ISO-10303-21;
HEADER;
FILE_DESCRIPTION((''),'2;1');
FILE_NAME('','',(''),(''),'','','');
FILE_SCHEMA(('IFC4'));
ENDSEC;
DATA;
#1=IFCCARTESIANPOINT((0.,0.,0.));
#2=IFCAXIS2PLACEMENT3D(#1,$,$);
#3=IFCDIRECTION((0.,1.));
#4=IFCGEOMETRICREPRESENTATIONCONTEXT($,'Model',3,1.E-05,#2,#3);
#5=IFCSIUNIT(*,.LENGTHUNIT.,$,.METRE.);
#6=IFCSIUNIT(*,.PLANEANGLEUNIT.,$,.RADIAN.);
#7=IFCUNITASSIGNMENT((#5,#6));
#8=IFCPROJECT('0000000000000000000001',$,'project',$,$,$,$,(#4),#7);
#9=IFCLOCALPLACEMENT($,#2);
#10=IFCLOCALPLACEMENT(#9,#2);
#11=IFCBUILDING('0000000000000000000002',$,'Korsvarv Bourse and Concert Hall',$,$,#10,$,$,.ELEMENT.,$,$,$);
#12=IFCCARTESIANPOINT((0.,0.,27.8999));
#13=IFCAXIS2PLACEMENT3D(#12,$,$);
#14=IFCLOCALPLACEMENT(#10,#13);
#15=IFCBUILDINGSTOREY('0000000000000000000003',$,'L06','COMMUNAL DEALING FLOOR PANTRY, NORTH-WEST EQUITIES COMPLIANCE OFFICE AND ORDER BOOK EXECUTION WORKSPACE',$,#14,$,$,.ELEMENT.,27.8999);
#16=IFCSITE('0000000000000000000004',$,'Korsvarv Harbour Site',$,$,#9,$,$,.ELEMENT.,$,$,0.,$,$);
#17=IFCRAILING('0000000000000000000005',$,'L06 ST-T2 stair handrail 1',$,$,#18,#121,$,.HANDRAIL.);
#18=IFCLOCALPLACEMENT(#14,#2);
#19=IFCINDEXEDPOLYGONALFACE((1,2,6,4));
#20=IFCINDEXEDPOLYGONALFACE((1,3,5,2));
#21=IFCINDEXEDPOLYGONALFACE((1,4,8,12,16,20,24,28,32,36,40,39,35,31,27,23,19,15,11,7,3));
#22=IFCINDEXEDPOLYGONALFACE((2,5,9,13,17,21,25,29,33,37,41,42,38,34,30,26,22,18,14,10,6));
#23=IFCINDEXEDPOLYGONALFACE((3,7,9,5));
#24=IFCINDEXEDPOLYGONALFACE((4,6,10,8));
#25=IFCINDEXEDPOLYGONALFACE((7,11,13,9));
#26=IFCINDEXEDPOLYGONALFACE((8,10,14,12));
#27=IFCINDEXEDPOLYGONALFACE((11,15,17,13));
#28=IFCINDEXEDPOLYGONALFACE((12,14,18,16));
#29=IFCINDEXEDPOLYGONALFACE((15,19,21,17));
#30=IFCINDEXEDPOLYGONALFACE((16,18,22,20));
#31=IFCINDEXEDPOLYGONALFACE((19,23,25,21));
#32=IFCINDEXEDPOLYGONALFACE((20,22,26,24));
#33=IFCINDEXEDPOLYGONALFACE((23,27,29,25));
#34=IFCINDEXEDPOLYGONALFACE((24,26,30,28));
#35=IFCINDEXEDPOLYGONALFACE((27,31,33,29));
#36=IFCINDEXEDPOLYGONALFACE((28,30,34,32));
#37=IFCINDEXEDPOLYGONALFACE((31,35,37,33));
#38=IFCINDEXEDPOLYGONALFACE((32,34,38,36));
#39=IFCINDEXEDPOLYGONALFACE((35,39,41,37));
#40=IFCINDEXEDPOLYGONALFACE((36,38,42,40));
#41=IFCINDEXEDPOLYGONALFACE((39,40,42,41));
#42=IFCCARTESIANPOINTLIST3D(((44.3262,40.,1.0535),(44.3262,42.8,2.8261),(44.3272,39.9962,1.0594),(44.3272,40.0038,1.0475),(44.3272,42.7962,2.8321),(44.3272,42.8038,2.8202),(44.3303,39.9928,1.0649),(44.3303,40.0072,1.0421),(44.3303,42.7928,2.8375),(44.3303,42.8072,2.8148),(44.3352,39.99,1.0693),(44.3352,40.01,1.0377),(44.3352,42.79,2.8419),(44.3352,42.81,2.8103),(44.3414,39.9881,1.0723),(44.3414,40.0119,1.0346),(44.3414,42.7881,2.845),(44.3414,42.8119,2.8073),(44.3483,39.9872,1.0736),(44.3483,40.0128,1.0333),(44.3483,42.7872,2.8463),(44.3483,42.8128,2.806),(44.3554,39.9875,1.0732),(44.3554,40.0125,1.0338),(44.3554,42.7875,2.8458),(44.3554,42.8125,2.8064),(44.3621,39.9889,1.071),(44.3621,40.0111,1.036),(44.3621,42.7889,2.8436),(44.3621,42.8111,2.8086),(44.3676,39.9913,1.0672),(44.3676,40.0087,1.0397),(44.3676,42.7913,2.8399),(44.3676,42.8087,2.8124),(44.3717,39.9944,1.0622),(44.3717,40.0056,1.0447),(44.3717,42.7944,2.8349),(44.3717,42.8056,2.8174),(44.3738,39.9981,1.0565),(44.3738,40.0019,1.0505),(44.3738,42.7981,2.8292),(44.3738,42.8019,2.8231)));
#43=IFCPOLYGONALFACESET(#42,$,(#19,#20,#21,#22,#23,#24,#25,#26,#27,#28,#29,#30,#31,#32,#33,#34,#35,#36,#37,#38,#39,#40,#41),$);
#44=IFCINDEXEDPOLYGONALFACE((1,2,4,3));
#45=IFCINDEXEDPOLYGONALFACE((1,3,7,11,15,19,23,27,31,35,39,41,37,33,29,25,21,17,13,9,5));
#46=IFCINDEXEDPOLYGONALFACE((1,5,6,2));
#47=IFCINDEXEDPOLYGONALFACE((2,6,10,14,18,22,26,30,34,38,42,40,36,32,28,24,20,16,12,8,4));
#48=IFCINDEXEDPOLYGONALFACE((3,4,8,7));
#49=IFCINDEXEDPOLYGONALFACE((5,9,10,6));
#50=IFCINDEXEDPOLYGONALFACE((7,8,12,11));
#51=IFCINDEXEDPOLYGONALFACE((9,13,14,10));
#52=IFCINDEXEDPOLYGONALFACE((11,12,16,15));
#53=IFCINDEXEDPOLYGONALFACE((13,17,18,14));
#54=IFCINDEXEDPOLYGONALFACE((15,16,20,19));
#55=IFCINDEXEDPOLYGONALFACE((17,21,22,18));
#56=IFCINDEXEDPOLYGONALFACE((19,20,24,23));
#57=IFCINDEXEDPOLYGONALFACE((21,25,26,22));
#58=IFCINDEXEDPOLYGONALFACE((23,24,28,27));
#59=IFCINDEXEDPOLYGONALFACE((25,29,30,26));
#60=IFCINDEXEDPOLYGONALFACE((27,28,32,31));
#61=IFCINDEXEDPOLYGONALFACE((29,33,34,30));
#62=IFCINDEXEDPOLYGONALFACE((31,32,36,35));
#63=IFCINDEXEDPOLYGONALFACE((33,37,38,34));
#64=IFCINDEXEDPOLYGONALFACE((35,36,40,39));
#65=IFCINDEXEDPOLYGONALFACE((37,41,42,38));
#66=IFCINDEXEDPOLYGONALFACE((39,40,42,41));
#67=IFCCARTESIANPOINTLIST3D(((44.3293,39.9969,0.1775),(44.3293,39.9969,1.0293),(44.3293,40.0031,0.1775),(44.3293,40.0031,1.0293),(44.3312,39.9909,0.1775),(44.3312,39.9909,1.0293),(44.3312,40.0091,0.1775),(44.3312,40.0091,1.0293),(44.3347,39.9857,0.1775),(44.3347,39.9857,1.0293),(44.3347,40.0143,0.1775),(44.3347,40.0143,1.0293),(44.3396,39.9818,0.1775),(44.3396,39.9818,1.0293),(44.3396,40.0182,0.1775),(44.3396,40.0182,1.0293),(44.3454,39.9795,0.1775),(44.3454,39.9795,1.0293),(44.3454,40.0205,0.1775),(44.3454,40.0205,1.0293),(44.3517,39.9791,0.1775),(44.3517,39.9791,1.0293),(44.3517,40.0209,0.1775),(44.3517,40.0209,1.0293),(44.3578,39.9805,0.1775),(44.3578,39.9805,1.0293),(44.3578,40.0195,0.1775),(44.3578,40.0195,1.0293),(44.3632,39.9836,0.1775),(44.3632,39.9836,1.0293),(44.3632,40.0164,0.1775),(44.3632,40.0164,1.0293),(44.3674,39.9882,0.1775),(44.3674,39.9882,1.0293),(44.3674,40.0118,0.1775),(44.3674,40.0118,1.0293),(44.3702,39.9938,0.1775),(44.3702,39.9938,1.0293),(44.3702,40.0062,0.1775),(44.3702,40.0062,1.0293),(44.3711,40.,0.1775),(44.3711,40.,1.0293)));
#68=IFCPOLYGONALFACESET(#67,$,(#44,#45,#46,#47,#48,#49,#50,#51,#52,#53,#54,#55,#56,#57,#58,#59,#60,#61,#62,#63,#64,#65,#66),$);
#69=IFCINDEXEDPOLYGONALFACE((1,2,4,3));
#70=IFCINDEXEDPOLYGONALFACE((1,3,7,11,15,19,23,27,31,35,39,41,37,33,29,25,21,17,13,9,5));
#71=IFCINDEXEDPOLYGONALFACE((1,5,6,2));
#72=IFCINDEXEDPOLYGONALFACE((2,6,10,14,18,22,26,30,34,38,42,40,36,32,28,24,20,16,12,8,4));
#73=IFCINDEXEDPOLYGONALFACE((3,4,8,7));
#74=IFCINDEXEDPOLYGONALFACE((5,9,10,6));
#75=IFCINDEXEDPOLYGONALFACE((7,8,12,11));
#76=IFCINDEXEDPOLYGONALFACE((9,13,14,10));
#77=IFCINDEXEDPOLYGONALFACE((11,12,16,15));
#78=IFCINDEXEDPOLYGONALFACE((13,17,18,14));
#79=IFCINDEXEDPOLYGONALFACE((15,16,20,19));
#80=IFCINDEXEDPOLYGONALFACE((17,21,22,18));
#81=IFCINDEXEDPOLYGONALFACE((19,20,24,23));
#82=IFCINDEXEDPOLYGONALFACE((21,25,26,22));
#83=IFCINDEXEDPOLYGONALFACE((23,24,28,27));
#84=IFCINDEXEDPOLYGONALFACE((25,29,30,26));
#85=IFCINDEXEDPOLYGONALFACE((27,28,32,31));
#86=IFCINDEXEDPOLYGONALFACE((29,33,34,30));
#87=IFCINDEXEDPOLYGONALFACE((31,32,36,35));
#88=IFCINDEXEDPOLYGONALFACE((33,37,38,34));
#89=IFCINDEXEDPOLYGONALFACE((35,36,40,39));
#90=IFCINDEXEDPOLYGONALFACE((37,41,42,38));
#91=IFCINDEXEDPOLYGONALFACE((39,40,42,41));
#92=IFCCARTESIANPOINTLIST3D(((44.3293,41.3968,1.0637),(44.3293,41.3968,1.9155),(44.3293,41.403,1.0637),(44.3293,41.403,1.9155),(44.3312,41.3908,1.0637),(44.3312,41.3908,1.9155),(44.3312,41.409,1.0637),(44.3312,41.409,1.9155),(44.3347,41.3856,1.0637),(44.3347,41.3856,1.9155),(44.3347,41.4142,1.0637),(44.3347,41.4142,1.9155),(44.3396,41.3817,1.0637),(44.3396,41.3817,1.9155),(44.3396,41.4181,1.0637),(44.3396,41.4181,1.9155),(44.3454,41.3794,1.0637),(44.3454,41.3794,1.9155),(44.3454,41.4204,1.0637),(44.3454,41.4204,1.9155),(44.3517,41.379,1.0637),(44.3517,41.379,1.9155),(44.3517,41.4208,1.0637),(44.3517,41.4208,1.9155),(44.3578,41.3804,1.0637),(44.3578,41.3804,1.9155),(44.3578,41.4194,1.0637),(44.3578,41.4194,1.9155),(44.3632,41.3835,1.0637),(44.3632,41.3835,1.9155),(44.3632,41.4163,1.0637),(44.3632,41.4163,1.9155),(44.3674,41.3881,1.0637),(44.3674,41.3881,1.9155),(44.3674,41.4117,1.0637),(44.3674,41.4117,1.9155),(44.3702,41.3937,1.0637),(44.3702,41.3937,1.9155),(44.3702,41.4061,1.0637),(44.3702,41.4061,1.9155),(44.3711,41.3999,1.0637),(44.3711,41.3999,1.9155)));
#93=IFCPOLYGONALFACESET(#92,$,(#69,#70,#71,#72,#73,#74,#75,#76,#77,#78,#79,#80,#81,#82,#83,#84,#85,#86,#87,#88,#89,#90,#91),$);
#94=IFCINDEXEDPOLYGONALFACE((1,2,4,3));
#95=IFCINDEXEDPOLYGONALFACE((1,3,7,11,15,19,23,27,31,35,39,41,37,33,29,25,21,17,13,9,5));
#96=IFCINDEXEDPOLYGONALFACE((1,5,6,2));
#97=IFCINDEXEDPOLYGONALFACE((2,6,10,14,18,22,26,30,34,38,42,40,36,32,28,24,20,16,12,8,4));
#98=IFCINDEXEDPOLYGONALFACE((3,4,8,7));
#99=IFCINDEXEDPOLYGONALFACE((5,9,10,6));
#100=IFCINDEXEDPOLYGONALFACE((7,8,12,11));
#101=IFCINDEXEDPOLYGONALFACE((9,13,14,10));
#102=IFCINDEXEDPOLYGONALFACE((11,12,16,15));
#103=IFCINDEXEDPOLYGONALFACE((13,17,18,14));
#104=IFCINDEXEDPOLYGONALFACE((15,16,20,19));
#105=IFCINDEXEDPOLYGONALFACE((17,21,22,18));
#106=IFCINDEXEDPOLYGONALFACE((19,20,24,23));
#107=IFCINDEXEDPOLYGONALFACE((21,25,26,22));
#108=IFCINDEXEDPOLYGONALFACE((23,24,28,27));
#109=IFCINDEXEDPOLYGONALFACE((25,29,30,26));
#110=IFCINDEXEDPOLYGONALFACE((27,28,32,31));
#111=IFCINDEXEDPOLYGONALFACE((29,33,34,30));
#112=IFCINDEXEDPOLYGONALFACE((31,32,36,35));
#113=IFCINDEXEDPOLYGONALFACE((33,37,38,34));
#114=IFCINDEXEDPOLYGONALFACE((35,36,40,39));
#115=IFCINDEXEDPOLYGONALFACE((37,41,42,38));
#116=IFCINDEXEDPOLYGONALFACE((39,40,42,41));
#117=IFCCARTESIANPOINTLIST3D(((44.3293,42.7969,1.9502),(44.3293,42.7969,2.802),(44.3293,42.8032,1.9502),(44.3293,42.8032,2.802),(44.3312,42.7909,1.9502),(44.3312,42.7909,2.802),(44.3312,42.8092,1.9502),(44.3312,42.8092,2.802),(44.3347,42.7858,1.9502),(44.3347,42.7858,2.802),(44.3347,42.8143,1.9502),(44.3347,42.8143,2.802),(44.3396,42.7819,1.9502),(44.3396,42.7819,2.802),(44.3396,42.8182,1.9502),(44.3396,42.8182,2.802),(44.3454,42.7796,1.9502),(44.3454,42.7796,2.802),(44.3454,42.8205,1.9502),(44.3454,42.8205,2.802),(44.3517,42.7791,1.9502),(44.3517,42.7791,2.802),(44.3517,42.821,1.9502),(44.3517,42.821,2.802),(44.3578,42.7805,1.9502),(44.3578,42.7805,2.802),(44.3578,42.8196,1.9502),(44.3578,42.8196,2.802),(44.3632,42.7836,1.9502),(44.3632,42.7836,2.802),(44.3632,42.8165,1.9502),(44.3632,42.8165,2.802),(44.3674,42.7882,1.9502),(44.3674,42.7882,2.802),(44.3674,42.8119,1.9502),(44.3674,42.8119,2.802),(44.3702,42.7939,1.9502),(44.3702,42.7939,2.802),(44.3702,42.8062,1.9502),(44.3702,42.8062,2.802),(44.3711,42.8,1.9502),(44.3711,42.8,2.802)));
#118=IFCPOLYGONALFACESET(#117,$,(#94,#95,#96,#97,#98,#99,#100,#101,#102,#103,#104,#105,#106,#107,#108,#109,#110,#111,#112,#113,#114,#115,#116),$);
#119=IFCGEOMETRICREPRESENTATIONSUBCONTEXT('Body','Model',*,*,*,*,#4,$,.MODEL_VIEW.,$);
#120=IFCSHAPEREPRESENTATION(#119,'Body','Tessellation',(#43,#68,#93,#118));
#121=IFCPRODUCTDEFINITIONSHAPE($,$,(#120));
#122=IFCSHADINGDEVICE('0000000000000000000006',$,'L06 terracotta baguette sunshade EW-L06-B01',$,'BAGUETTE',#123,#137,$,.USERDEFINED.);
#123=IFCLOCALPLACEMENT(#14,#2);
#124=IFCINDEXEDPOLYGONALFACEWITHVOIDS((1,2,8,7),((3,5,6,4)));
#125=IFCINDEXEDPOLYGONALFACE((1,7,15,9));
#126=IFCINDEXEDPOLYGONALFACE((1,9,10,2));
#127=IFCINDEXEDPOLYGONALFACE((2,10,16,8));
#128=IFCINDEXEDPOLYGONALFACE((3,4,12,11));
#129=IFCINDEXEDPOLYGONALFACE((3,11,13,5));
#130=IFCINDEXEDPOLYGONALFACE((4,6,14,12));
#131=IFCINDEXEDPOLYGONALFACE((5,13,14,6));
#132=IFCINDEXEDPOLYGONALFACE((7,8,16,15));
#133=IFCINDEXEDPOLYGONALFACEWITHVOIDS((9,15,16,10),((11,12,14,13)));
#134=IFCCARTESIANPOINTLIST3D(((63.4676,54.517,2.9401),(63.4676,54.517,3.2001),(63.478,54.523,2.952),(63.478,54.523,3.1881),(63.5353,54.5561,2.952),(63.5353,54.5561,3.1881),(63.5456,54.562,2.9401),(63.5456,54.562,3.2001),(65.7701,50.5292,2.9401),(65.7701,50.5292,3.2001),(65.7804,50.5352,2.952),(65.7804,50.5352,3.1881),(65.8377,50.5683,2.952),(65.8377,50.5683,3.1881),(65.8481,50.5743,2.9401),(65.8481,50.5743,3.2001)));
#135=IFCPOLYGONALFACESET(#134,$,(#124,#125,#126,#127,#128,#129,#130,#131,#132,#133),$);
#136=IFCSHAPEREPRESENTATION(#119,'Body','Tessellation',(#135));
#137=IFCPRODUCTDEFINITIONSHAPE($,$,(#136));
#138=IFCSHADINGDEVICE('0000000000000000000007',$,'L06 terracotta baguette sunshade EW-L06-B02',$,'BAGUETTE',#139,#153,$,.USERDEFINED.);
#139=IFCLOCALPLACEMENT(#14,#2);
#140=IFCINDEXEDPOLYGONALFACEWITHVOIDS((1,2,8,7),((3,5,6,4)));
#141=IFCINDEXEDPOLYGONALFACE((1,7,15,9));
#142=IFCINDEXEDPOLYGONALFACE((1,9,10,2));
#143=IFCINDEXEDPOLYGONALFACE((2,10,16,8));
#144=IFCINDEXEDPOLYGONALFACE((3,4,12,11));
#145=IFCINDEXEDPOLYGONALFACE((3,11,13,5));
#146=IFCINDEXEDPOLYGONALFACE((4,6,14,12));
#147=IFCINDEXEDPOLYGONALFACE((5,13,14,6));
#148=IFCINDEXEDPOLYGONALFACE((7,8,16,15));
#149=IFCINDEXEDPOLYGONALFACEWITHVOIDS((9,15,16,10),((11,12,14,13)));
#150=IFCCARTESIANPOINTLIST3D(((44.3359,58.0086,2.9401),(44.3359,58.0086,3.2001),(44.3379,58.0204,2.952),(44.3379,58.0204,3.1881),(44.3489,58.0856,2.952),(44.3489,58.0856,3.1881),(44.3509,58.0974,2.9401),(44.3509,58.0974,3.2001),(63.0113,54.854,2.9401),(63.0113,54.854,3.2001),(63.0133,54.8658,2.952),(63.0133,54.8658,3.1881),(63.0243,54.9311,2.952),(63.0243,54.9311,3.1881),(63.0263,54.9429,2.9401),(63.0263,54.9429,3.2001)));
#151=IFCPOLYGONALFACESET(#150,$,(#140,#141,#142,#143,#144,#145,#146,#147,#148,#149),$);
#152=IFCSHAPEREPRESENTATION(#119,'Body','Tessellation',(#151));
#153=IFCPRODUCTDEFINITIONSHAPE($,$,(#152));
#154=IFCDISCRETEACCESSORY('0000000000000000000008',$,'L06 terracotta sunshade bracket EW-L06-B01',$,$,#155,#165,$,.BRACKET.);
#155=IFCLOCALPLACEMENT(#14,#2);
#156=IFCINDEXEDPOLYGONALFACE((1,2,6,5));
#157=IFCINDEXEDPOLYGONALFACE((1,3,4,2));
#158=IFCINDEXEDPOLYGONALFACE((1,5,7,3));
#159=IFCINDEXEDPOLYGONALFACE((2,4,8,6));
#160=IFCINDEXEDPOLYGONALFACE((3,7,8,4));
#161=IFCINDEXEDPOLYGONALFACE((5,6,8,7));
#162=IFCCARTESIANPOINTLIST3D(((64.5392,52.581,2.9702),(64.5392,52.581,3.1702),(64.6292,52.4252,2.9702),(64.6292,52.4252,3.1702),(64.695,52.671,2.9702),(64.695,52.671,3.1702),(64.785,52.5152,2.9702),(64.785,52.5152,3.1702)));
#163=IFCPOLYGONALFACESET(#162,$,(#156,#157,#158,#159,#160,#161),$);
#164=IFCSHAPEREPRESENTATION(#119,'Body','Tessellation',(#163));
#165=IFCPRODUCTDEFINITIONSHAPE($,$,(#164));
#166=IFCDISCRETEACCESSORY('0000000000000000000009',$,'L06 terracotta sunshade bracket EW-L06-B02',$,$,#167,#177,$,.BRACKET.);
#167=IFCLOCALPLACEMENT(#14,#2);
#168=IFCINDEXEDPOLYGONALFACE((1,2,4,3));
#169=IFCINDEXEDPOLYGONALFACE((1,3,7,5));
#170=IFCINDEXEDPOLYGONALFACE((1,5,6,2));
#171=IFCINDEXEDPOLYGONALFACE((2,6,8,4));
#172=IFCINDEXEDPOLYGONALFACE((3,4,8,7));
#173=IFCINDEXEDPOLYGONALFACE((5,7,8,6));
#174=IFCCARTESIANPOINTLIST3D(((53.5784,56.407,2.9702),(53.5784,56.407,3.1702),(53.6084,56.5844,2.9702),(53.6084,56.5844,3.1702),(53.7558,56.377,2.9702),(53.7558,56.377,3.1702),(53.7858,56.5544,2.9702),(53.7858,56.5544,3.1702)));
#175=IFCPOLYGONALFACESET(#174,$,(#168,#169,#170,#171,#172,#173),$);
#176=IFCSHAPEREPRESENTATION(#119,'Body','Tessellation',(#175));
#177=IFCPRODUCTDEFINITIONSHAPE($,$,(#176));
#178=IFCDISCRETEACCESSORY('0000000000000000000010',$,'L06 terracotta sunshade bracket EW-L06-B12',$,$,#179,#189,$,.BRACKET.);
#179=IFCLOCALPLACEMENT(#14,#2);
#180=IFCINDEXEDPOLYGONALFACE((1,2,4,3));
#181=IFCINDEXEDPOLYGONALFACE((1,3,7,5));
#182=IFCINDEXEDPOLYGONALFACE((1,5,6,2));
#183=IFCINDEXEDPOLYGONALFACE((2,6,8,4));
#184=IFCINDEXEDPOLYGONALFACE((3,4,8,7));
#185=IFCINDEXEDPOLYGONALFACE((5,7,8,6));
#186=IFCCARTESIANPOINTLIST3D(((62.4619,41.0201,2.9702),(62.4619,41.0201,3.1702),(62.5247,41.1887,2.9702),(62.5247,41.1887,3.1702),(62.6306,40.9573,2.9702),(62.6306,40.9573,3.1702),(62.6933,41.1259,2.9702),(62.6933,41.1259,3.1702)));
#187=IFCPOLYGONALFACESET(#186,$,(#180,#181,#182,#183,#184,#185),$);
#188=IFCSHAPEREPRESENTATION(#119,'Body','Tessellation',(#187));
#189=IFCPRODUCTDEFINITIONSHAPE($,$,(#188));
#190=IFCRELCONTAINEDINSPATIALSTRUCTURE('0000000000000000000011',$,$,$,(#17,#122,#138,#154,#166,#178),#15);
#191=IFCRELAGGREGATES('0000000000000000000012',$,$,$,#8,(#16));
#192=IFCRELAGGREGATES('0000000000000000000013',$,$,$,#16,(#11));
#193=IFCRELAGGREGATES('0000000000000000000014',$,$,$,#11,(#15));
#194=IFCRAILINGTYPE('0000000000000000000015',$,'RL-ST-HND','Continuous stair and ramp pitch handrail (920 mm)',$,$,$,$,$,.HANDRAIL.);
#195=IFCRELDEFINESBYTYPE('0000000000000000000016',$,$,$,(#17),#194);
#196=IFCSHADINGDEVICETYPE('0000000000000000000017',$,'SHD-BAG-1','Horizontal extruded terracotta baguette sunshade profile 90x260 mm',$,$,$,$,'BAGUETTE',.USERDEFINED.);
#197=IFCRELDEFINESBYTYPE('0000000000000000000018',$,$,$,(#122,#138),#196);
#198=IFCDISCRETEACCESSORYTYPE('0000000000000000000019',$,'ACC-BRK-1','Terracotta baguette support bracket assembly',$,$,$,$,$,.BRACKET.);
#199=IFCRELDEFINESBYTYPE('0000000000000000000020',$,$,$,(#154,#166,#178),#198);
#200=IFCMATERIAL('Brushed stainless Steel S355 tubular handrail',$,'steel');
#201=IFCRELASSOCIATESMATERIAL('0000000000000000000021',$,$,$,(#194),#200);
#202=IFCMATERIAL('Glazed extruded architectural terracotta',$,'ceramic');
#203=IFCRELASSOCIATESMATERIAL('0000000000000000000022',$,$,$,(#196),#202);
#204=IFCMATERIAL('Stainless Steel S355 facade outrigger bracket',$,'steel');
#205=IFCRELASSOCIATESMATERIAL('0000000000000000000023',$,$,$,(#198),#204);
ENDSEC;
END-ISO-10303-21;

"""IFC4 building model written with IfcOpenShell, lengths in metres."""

from ifc_helpers import new_model, si_unit, direction, frame, origin, origin_2d, place, context, subcontext, project, spatial, rectangle, hollow_rectangle, circle, extrude, source, transform, mapped, material, material_profile, profile_set, type_object, element, save


model = new_model("IFC4")

# Units and contexts
model_context = context("Model", 3, precision=1e-05, world=origin(), true_north=direction((0.0, 1.0)))
body_context = subcontext(model_context, "Body", "Model", "MODEL_VIEW")
ifc_project = project(units=[si_unit("LENGTHUNIT", "METRE"), si_unit("PLANEANGLEUNIT", "RADIAN")], contexts=[model_context])

# Site, building, storey
site_placement = place(None, origin())
site = spatial("IfcSite", under=ifc_project, at=site_placement, Name="Korsvarv Harbour Site", CompositionType="ELEMENT", RefElevation=0.0)
building_placement = place(site_placement, origin())
building = spatial("IfcBuilding", under=site, at=building_placement, Name="Korsvarv Bourse and Concert Hall", CompositionType="ELEMENT")
storey_placement = place(building_placement, frame((0.0, 0.0, 27.8999)))
storey = spatial("IfcBuildingStorey", under=building, at=storey_placement, Name="L06", Description="COMMUNAL DEALING FLOOR PANTRY, NORTH-WEST EQUITIES COMPLIANCE OFFICE AND ORDER BOOK EXECUTION WORKSPACE", CompositionType="ELEMENT", Elevation=27.8999)

# Railing
ifc_material_1 = material(Name="Brushed stainless Steel S355 tubular handrail", Category="steel")
railing_type_1 = type_object("IfcRailingType", Name="RL-ST-HND", Description="Continuous stair and ramp pitch handrail (920 mm)", PredefinedType="HANDRAIL", material=ifc_material_1)
railing_1_placement = place(storey_placement, frame((44.3501, 40.0, 0.1775)))
element("IfcRailing", 1, at=railing_1_placement, inside=storey, type_object=railing_type_1, Name="L06 ST-T2 stair handrail 1", PredefinedType="HANDRAIL", context=body_context, shape_type="SweptSolid", body=[
    extrude(circle(Radius=0.0239, at=origin_2d()), frame((0.0, 0.0, 0.876), z_axis=(0.0, 0.844909, 0.53491), x_axis=(-1.0, 0.0, 0.0)), (0.0, 0.0, 1.0), 3.314),
    extrude(circle(Radius=0.021, at=origin_2d()), origin(), (0.0, 0.0, 1.0), 0.8518),
    extrude(circle(Radius=0.021, at=origin_2d()), frame((0.0, 1.3999, 0.8862)), (0.0, 0.0, 1.0), 0.8518),
    extrude(circle(Radius=0.021, at=origin_2d()), frame((0.0, 2.8, 1.7727)), (0.0, 0.0, 1.0), 0.8518),
])

# Shading devices
ifc_material_2 = material(Name="Glazed extruded architectural terracotta", Category="ceramic")
ifc_material_profile_1 = material_profile(ifc_material_2, hollow_rectangle(XDim=0.0901, YDim=0.26, WallThickness=0.012, at=origin_2d()), Name="TC-BAG 90x260")
ifc_profile_set_1 = profile_set([ifc_material_profile_1], Name="Glazed extruded architectural terracotta")
shading_device_type = type_object("IfcShadingDeviceType", Name="SHD-BAG-1", Description="Horizontal extruded terracotta baguette sunshade profile 90x260 mm", ElementType="BAGUETTE", PredefinedType="USERDEFINED", material=ifc_profile_set_1)
shared_shape_1 = source(origin(), body_context, "Body", "SweptSolid", [
    extrude(hollow_rectangle(XDim=0.0901, YDim=0.26, WallThickness=0.012, at=origin_2d()), origin(), (0.0, 0.0, 1.0), 4.6047),
])
shading_device_1_placement = place(storey_placement, frame((65.8091, 50.5518, 3.0701), z_axis=(-0.500022, 0.866013, 0.0), x_axis=(-0.866013, -0.500022, 0.0)))
element("IfcShadingDevice", 2, at=shading_device_1_placement, inside=storey, type_object=shading_device_type, Name="L06 terracotta baguette sunshade EW-L06-B01", ObjectType="BAGUETTE", PredefinedType="USERDEFINED", context=body_context, shape_type="MappedRepresentation", body=[
    mapped(shared_shape_1, transform((0.0, 0.0, 0.0), scale=1.0)),
])
shared_shape_2 = source(origin(), body_context, "Body", "SweptSolid", [
    extrude(hollow_rectangle(XDim=0.0901, YDim=0.26, WallThickness=0.012, at=origin_2d()), origin(), (0.0, 0.0, 1.0), 18.9399),
])
shading_device_2_placement = place(storey_placement, frame((63.0188, 54.8984, 3.0701), z_axis=(-0.986032, 0.166556, 0.0), x_axis=(-0.166556, -0.986032, 0.0)))
element("IfcShadingDevice", 3, at=shading_device_2_placement, inside=storey, type_object=shading_device_type, Name="L06 terracotta baguette sunshade EW-L06-B02", ObjectType="BAGUETTE", PredefinedType="USERDEFINED", context=body_context, shape_type="MappedRepresentation", body=[
    mapped(shared_shape_2, transform((0.0, 0.0, 0.0), scale=1.0)),
])

# Discrete accessories
ifc_material_3 = material(Name="Stainless Steel S355 facade outrigger bracket", Category="steel")
discrete_accessory_type = type_object("IfcDiscreteAccessoryType", Name="ACC-BRK-1", Description="Terracotta baguette support bracket assembly", PredefinedType="BRACKET", material=ifc_material_3)
shared_shape_3 = source(origin(), body_context, "Body", "SweptSolid", [
    extrude(rectangle(XDim=0.1799, YDim=0.1799, at=origin_2d()), origin(), (0.0, 0.0, 1.0), 0.2),
])
for number, where, z_axis, x_axis, name in (
    (4, (64.6621, 52.5481, 2.9702), (0.0, 0.0, 1.0), (-0.5, 0.866025, 0.0), "L06 terracotta sunshade bracket EW-L06-B01"),
    (5, (53.6821, 56.4807, 2.9702), (0.0, 0.0, 1.0), (-0.986025, 0.166597, 0.0), "L06 terracotta sunshade bracket EW-L06-B02"),
    (6, (62.5776, 41.073, 2.9702), (0.0, 0.0, 1.0), (0.348736, 0.937221, 0.0), "L06 terracotta sunshade bracket EW-L06-B12"),
):
    element("IfcDiscreteAccessory", number, at=place(storey_placement, frame(where, z_axis=z_axis, x_axis=x_axis)), inside=storey, type_object=discrete_accessory_type, Name=name, PredefinedType="BRACKET", context=body_context, shape_type="MappedRepresentation", body=[
        mapped(shared_shape_3, transform((0.0, 0.0, 0.0), scale=1.0)),
    ])

save(model, "model.ifc")
